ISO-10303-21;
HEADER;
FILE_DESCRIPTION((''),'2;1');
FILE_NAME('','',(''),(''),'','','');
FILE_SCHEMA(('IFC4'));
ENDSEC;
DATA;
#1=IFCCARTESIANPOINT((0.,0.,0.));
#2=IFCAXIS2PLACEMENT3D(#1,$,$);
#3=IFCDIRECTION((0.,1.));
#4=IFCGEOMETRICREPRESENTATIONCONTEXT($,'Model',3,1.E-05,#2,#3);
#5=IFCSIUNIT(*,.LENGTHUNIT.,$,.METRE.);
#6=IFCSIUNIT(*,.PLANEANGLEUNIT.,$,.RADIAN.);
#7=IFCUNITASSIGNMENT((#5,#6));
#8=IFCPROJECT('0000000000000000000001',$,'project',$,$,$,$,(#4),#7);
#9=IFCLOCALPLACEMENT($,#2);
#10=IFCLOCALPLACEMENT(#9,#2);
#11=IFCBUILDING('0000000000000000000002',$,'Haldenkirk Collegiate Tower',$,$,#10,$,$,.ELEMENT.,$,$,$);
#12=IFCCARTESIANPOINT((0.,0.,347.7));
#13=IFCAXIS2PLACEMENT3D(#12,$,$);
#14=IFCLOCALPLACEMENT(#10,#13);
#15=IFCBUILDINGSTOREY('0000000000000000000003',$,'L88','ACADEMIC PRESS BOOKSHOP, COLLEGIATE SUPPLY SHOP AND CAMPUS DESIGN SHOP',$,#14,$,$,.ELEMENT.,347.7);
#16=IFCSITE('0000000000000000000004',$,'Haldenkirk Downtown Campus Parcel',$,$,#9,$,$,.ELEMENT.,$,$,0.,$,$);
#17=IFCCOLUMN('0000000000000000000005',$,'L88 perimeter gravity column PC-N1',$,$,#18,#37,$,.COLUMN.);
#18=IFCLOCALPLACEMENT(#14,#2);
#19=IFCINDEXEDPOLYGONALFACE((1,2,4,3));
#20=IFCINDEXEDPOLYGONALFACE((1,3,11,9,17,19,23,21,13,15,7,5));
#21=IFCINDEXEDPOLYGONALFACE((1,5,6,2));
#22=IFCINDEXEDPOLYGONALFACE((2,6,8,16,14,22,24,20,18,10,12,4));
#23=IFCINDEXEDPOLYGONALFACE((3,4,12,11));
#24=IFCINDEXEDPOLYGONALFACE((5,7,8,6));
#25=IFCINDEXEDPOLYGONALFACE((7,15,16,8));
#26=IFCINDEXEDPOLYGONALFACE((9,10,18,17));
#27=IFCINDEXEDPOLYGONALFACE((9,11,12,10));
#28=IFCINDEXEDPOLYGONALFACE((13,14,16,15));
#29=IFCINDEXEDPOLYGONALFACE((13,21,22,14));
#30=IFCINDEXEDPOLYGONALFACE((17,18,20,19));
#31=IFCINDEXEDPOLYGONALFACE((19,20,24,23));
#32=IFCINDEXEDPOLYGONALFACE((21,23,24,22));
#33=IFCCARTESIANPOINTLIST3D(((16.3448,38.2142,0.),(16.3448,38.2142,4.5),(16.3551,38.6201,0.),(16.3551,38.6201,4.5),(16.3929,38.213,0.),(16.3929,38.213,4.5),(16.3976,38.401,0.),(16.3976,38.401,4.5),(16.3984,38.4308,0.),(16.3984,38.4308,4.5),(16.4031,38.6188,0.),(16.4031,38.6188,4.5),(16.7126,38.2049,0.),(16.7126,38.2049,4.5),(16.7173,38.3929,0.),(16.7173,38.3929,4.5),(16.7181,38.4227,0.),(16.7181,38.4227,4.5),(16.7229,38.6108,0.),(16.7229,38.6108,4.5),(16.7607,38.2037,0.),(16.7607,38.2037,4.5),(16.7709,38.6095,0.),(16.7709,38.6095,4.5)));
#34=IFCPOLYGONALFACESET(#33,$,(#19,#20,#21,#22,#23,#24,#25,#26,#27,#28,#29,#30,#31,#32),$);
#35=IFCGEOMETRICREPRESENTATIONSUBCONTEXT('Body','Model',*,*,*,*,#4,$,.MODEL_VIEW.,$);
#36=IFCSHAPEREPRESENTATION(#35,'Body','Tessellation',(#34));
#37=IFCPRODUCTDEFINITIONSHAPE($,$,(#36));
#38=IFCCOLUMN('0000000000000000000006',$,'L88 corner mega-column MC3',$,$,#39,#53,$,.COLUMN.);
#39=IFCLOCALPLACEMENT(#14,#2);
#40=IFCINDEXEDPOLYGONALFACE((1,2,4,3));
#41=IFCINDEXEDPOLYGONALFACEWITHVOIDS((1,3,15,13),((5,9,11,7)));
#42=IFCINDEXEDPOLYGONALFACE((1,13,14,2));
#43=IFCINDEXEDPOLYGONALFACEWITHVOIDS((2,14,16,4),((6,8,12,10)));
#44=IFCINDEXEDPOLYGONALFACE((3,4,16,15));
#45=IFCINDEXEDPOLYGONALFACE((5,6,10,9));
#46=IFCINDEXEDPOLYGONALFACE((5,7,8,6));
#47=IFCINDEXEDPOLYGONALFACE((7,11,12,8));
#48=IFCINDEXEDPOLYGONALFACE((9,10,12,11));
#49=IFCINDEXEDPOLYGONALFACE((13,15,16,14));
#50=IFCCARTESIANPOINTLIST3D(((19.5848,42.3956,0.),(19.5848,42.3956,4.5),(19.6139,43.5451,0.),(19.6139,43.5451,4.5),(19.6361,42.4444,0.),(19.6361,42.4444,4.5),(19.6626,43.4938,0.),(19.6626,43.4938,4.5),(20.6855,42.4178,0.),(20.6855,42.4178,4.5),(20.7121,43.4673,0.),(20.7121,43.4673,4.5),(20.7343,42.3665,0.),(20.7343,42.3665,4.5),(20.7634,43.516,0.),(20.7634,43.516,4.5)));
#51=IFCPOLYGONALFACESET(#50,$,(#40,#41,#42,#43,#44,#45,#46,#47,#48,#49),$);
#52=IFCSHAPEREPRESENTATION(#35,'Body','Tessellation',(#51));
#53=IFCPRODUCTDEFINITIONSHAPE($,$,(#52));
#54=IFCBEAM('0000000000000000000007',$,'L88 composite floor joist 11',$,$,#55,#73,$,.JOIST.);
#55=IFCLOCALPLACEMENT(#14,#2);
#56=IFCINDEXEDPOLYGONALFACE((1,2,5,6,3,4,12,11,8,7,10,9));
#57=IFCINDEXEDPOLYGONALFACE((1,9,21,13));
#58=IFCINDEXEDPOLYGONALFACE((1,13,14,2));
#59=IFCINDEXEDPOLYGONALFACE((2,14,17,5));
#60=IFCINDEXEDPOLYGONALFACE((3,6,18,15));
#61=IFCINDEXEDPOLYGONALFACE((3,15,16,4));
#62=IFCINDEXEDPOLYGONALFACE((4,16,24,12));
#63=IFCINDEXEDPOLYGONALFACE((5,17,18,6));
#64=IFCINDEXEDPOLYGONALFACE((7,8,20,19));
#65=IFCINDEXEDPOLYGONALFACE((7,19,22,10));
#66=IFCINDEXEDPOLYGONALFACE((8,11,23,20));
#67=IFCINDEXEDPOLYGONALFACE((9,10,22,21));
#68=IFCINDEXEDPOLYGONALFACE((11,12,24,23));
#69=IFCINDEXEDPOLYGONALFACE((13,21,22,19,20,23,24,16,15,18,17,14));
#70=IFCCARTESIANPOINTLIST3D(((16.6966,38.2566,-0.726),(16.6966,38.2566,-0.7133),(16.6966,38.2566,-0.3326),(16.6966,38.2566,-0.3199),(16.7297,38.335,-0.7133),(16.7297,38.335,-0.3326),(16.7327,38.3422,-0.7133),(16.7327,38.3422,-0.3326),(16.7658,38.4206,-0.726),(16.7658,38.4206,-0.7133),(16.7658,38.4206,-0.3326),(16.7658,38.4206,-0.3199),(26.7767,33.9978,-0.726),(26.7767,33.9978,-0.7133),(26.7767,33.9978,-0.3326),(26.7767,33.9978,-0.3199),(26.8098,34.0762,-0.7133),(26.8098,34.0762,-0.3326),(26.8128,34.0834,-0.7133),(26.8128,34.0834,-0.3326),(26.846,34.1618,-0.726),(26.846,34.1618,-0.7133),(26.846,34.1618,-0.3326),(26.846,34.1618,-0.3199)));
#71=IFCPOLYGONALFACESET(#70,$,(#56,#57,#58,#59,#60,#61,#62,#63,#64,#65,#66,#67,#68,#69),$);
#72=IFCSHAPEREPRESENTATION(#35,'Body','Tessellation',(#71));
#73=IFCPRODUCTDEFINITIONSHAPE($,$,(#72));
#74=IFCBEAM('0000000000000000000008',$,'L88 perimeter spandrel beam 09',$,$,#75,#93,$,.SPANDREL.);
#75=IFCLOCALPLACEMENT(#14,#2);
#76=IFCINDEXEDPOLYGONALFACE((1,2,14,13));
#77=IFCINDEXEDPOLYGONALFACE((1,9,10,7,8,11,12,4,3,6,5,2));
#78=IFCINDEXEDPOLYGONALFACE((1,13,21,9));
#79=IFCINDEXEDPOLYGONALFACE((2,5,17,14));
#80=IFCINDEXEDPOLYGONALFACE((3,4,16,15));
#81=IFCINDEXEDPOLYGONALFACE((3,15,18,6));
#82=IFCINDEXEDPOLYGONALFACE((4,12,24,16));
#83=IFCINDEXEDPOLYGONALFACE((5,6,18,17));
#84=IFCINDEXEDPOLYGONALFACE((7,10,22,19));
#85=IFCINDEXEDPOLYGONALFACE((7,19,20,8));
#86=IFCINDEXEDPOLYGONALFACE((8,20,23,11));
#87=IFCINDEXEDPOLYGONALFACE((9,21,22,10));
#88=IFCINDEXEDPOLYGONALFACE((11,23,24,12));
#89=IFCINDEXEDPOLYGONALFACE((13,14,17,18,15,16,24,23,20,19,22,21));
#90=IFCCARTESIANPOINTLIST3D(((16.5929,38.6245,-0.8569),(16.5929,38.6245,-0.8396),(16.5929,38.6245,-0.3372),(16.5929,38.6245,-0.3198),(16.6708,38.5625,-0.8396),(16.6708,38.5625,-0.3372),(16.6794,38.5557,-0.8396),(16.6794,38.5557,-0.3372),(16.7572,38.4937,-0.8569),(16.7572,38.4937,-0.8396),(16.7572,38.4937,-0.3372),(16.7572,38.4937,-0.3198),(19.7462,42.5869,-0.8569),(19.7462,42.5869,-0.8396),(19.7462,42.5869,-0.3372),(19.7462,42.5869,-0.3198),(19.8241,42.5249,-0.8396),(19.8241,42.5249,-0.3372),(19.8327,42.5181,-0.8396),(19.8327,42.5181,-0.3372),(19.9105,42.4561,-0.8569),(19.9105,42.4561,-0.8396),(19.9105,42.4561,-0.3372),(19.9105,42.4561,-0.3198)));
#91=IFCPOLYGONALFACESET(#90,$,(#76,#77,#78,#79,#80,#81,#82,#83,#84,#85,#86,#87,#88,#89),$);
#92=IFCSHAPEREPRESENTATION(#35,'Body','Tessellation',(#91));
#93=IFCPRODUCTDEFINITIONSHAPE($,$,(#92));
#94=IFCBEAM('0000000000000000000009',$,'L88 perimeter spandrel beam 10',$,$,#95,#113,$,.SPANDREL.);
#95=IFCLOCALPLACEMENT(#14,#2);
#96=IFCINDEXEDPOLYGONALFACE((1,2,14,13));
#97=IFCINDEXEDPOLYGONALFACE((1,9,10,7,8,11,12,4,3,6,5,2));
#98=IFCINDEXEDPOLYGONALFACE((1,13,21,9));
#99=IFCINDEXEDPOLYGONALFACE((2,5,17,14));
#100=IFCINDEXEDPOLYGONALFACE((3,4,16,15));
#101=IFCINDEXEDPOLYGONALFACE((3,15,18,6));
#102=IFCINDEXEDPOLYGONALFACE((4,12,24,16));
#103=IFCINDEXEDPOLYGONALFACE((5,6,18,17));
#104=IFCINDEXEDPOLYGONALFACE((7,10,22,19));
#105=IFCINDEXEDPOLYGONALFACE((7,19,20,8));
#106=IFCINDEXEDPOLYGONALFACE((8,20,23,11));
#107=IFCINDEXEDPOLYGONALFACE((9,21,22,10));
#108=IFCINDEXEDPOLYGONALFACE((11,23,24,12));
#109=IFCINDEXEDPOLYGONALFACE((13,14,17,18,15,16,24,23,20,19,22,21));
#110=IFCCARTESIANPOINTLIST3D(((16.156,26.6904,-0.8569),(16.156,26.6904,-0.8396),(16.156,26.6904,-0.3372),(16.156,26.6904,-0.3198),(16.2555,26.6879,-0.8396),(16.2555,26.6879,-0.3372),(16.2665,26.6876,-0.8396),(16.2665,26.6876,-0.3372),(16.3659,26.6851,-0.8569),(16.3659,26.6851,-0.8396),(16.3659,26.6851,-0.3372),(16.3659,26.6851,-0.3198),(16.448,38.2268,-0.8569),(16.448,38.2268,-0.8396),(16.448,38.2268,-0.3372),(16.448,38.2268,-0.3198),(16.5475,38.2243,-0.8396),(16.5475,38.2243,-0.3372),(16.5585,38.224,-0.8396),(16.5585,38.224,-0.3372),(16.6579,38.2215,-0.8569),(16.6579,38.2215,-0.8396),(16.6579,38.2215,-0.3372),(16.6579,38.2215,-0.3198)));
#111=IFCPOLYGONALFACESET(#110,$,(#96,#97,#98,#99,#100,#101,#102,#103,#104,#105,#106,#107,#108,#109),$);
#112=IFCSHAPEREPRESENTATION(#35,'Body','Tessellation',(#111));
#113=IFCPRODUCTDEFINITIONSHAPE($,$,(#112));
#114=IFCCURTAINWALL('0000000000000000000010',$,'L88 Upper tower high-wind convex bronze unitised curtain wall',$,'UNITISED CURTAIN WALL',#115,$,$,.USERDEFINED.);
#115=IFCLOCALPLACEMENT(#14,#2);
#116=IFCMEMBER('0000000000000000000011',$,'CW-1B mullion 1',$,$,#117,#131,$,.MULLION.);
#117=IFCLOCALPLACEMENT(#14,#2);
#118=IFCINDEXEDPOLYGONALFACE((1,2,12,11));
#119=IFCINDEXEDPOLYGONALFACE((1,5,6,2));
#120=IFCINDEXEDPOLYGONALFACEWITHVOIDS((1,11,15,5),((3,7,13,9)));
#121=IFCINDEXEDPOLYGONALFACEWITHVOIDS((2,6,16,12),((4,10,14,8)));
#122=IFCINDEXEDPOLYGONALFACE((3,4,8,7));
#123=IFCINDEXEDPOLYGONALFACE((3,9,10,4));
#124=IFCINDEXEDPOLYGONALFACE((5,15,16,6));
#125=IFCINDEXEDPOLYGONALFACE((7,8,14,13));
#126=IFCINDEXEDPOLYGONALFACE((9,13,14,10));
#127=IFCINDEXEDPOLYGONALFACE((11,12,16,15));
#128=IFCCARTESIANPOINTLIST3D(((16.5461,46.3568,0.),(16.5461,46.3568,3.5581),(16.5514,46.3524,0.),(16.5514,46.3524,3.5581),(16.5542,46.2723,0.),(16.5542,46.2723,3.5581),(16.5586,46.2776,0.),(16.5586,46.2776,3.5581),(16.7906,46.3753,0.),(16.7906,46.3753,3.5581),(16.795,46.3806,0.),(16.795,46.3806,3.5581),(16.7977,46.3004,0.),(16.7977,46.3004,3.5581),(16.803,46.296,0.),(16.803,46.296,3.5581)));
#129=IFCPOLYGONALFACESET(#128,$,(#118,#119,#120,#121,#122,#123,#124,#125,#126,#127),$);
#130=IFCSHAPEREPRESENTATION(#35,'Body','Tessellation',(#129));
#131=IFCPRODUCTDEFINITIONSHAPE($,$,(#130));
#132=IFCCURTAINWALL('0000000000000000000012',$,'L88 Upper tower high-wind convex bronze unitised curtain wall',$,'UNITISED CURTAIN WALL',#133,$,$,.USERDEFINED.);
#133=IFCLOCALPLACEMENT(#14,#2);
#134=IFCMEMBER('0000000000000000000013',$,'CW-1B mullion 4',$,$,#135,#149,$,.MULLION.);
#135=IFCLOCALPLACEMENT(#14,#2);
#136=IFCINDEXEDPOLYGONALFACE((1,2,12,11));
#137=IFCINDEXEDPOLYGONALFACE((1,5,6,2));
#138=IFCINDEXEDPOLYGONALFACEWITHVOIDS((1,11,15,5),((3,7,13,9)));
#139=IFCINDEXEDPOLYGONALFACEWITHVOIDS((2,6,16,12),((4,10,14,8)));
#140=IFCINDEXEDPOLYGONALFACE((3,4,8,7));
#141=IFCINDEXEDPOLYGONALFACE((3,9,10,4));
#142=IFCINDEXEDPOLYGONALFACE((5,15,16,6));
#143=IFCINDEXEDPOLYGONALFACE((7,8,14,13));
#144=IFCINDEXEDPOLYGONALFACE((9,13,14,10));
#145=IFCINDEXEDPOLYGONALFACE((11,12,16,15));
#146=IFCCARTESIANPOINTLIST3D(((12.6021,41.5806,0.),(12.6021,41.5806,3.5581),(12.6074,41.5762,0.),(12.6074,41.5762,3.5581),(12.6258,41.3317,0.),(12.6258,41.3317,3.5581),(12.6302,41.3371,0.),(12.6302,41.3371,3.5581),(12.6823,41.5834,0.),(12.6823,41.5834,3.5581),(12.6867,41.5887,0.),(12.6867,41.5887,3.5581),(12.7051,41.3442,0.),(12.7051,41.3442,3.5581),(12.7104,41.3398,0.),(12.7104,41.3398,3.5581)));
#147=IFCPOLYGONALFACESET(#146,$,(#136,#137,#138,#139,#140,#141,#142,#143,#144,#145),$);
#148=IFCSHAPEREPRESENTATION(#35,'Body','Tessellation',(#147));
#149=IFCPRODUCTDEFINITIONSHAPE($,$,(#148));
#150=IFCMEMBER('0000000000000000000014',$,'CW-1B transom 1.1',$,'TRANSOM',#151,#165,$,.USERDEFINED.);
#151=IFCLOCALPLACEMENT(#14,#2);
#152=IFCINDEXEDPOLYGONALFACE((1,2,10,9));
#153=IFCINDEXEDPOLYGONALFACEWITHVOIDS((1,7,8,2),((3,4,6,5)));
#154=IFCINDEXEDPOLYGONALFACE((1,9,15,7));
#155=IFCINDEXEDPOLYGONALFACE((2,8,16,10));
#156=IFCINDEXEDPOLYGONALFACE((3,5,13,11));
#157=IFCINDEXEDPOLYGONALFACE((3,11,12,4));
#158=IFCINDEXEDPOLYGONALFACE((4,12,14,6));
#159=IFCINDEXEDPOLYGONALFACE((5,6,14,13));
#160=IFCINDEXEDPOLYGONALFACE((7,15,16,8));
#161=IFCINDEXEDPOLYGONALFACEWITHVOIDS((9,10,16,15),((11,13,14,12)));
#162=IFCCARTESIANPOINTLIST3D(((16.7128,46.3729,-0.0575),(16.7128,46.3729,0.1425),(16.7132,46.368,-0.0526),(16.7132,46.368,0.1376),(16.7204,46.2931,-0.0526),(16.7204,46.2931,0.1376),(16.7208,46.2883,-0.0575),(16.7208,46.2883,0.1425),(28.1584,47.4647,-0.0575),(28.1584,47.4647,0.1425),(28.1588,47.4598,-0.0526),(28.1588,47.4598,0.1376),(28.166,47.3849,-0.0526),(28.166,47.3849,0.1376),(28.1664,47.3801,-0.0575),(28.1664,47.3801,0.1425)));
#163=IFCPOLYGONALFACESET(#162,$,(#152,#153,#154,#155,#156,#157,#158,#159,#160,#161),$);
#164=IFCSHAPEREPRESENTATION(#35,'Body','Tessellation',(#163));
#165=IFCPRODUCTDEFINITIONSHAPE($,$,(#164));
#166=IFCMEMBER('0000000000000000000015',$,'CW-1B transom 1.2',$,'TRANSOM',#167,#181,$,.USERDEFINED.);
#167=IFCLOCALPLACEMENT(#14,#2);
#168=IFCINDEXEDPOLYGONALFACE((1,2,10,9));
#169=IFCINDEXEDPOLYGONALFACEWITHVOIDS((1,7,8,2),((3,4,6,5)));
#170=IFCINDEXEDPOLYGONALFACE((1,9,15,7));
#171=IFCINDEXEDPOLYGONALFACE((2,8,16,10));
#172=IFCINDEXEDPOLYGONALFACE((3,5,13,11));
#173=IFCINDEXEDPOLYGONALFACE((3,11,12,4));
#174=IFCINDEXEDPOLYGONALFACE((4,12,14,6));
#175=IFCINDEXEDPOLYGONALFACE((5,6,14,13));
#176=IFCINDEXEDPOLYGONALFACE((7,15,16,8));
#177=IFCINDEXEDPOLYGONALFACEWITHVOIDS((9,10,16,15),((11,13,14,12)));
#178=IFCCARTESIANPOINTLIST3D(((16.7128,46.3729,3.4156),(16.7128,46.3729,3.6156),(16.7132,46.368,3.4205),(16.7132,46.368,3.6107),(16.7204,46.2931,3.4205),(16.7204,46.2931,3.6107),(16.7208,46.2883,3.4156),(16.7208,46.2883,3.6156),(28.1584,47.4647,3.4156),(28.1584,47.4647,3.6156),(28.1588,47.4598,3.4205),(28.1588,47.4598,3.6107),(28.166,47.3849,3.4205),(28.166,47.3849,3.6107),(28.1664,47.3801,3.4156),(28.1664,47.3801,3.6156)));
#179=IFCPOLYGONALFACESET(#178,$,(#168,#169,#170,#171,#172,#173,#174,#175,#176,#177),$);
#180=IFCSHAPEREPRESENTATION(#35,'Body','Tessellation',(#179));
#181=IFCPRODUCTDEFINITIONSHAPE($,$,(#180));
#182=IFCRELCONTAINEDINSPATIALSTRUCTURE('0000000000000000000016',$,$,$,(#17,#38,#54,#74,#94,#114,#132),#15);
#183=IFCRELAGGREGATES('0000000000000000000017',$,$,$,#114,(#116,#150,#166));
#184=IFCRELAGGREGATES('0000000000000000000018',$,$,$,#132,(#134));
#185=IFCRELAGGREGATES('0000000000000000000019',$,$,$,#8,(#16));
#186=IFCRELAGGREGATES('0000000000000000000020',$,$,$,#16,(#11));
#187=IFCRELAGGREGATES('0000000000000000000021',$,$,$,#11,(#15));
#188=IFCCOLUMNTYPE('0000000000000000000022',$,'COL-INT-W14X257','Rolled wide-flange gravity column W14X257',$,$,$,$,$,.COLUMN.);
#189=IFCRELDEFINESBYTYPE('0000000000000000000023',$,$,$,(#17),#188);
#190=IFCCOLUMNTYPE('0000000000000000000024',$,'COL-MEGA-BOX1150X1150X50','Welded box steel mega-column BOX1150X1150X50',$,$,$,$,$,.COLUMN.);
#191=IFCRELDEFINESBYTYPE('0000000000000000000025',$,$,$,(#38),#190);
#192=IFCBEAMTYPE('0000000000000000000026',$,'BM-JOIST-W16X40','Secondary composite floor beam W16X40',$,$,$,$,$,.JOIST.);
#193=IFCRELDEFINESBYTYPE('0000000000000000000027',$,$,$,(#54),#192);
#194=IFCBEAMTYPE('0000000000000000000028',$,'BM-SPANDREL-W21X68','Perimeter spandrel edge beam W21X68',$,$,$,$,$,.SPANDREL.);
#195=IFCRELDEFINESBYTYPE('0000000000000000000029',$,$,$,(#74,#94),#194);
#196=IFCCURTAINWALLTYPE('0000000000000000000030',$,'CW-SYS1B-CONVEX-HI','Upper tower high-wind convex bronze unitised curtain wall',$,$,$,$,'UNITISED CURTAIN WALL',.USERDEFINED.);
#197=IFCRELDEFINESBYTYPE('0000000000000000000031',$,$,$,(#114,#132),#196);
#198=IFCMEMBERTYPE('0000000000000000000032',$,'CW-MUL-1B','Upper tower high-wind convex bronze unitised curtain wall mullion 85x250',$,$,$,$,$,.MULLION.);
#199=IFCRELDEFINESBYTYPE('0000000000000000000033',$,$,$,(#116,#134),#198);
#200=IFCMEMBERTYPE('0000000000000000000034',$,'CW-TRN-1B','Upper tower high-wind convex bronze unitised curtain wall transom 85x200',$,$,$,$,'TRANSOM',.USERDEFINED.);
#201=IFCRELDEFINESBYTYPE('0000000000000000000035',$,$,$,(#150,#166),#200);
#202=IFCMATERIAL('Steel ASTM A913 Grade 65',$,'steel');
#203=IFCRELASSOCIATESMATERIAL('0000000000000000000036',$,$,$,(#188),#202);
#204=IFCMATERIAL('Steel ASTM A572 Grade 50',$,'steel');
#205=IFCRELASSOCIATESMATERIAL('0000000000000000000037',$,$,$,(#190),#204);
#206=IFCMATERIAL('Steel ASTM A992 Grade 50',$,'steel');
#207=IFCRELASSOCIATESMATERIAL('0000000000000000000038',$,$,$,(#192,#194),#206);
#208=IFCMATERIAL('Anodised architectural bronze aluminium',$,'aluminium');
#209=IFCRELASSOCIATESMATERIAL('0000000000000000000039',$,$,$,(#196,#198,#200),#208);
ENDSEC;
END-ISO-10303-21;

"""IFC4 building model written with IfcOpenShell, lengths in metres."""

from ifc_helpers import new_model, si_unit, direction, frame, origin, origin_2d, place, context, subcontext, project, spatial, hollow_rectangle, i_section, extrude, material, material_profile, profile_set, type_object, element, aggregate, save


model = new_model("IFC4")

# Units and contexts
model_context = context("Model", 3, precision=1e-05, world=origin(), true_north=direction((0.0, 1.0)))
body_context = subcontext(model_context, "Body", "Model", "MODEL_VIEW")
ifc_project = project(units=[si_unit("LENGTHUNIT", "METRE"), si_unit("PLANEANGLEUNIT", "RADIAN")], contexts=[model_context])

# Site, building, storey
site_placement = place(None, origin())
site = spatial("IfcSite", under=ifc_project, at=site_placement, Name="Haldenkirk Downtown Campus Parcel", CompositionType="ELEMENT", RefElevation=0.0)
building_placement = place(site_placement, origin())
building = spatial("IfcBuilding", under=site, at=building_placement, Name="Haldenkirk Collegiate Tower", CompositionType="ELEMENT")
storey_placement = place(building_placement, frame((0.0, 0.0, 347.7)))
storey = spatial("IfcBuildingStorey", under=building, at=storey_placement, Name="L88", Description="ACADEMIC PRESS BOOKSHOP, COLLEGIATE SUPPLY SHOP AND CAMPUS DESIGN SHOP", CompositionType="ELEMENT", Elevation=347.7)

# Columns
ifc_material_1 = material(Name="Steel ASTM A913 Grade 65", Category="steel")
ifc_material_profile_1 = material_profile(ifc_material_1, i_section(OverallWidth=0.406, OverallDepth=0.416, WebThickness=0.0298, FlangeThickness=0.0481, at=origin_2d()), Name="W14X257")
ifc_profile_set_1 = profile_set([ifc_material_profile_1], Name="Steel ASTM A913 Grade 65")
column_type_1 = type_object("IfcColumnType", Name="COL-INT-W14X257", Description="Rolled wide-flange gravity column W14X257", PredefinedType="COLUMN", material=ifc_profile_set_1)
column_1_placement = place(storey_placement, frame((16.5579, 38.4119, 0.0), z_axis=(0.0, 0.0, 1.0), x_axis=(0.025305, 0.99968, 0.0)))
element("IfcColumn", 1, at=column_1_placement, inside=storey, type_object=column_type_1, Name="L88 perimeter gravity column PC-N1", PredefinedType="COLUMN", context=body_context, shape_type="SweptSolid", body=[
    extrude(i_section(OverallWidth=0.406, OverallDepth=0.416, WebThickness=0.0298, FlangeThickness=0.0481, at=origin_2d()), origin(), (0.0, 0.0, 1.0), 4.5),
])
ifc_material_2 = material(Name="Steel ASTM A572 Grade 50", Category="steel")
ifc_material_profile_2 = material_profile(ifc_material_2, hollow_rectangle(XDim=1.1499, YDim=1.1499, WallThickness=0.05, at=origin_2d()), Name="BOX1150X1150X50")
ifc_profile_set_2 = profile_set([ifc_material_profile_2], Name="Steel ASTM A572 Grade 50")
column_type_2 = type_object("IfcColumnType", Name="COL-MEGA-BOX1150X1150X50", Description="Welded box steel mega-column BOX1150X1150X50", PredefinedType="COLUMN", material=ifc_profile_set_2)
column_2_placement = place(storey_placement, frame((20.1741, 42.9558, 0.0), z_axis=(0.0, 0.0, 1.0), x_axis=(0.025305, 0.99968, 0.0)))
element("IfcColumn", 2, at=column_2_placement, inside=storey, type_object=column_type_2, Name="L88 corner mega-column MC3", PredefinedType="COLUMN", context=body_context, shape_type="SweptSolid", body=[
    extrude(hollow_rectangle(XDim=1.1499, YDim=1.1499, WallThickness=0.05, at=origin_2d()), origin(), (0.0, 0.0, 1.0), 4.5),
])

# Beams
ifc_material_3 = material(Name="Steel ASTM A992 Grade 50", Category="steel")
ifc_material_profile_3 = material_profile(ifc_material_3, i_section(OverallWidth=0.178, OverallDepth=0.406, WebThickness=0.0078, FlangeThickness=0.0127, at=origin_2d()), Name="W16X40")
ifc_profile_set_3 = profile_set([ifc_material_profile_3], Name="Steel ASTM A992 Grade 50")
beam_type_1 = type_object("IfcBeamType", Name="BM-JOIST-W16X40", Description="Secondary composite floor beam W16X40", PredefinedType="JOIST", material=ifc_profile_set_3)
beam_1_placement = place(storey_placement, frame((16.7312, 38.3386, -0.5229), z_axis=(0.921159, -0.389186, 0.0), x_axis=(0.389186, 0.921159, 0.0)))
element("IfcBeam", 3, at=beam_1_placement, inside=storey, type_object=beam_type_1, Name="L88 composite floor joist 11", PredefinedType="JOIST", context=body_context, shape_type="SweptSolid", body=[
    extrude(i_section(OverallWidth=0.178, OverallDepth=0.406, WebThickness=0.0078, FlangeThickness=0.0127, at=origin_2d()), origin(), (0.0, 0.0, 1.0), 10.9429),
])
ifc_material_profile_4 = material_profile(ifc_material_3, i_section(OverallWidth=0.21, OverallDepth=0.5371, WebThickness=0.011, FlangeThickness=0.0173, at=origin_2d()), Name="W21X68")
ifc_profile_set_4 = profile_set([ifc_material_profile_4], Name="Steel ASTM A992 Grade 50")
beam_type_2 = type_object("IfcBeamType", Name="BM-SPANDREL-W21X68", Description="Perimeter spandrel edge beam W21X68", PredefinedType="SPANDREL", material=ifc_profile_set_4)
beam_2_placement = place(storey_placement, frame((19.8284, 42.5215, -0.5884), z_axis=(-0.622694, -0.782465, 0.0), x_axis=(0.782465, -0.622694, 0.0)))
element("IfcBeam", 4, at=beam_2_placement, inside=storey, type_object=beam_type_2, Name="L88 perimeter spandrel beam 09", PredefinedType="SPANDREL", context=body_context, shape_type="SweptSolid", body=[
    extrude(i_section(OverallWidth=0.21, OverallDepth=0.5371, WebThickness=0.011, FlangeThickness=0.0173, at=origin_2d()), origin(), (0.0, 0.0, 1.0), 5.064),
])
beam_3_placement = place(storey_placement, frame((16.553, 38.2241, -0.5884), z_axis=(-0.025302, -0.99968, 0.0), x_axis=(0.99968, -0.025302, 0.0)))
element("IfcBeam", 5, at=beam_3_placement, inside=storey, type_object=beam_type_2, Name="L88 perimeter spandrel beam 10", PredefinedType="SPANDREL", context=body_context, shape_type="SweptSolid", body=[
    extrude(i_section(OverallWidth=0.21, OverallDepth=0.5371, WebThickness=0.011, FlangeThickness=0.0173, at=origin_2d()), origin(), (0.0, 0.0, 1.0), 11.54),
])

# Curtain walls, members
ifc_material_4 = material(Name="Anodised architectural bronze aluminium", Category="aluminium")
curtain_wall_type = type_object("IfcCurtainWallType", Name="CW-SYS1B-CONVEX-HI", Description="Upper tower high-wind convex bronze unitised curtain wall", ElementType="UNITISED CURTAIN WALL", PredefinedType="USERDEFINED", material=ifc_material_4)
curtain_wall_1_placement = place(storey_placement, origin())
curtain_wall_1 = element("IfcCurtainWall", 6, at=curtain_wall_1_placement, inside=storey, type_object=curtain_wall_type, Name="L88 Upper tower high-wind convex bronze unitised curtain wall", ObjectType="UNITISED CURTAIN WALL", PredefinedType="USERDEFINED")
ifc_material_profile_5 = material_profile(ifc_material_4, hollow_rectangle(XDim=0.085, YDim=0.25, WallThickness=0.0049, at=origin_2d()), Name="CW-MUL-1B")
ifc_profile_set_5 = profile_set([ifc_material_profile_5], Name="Anodised architectural bronze aluminium")
member_type_1 = type_object("IfcMemberType", Name="CW-MUL-1B", Description="Upper tower high-wind convex bronze unitised curtain wall mullion 85x250", PredefinedType="MULLION", material=ifc_profile_set_5)
member_1_placement = place(storey_placement, frame((16.6746, 46.3264, 0.0), z_axis=(0.0, 0.0, 1.0), x_axis=(-0.094976, 0.99548, 0.0)))
member_1 = element("IfcMember", 7, at=member_1_placement, type_object=member_type_1, Name="CW-1B mullion 1", PredefinedType="MULLION", context=body_context, shape_type="SweptSolid", body=[
    extrude(hollow_rectangle(XDim=0.085, YDim=0.25, WallThickness=0.0049, at=origin_2d()), origin(), (0.0, 0.0, 1.0), 3.5581),
])
curtain_wall_2_placement = place(storey_placement, origin())
curtain_wall_2 = element("IfcCurtainWall", 8, at=curtain_wall_2_placement, inside=storey, type_object=curtain_wall_type, Name="L88 Upper tower high-wind convex bronze unitised curtain wall", ObjectType="UNITISED CURTAIN WALL", PredefinedType="USERDEFINED")
member_2_placement = place(storey_placement, frame((12.6562, 41.4602, 0.0), z_axis=(0.0, 0.0, 1.0), x_axis=(-0.995479, -0.094977, 0.0)))
member_2 = element("IfcMember", 9, at=member_2_placement, type_object=member_type_1, Name="CW-1B mullion 4", PredefinedType="MULLION", context=body_context, shape_type="SweptSolid", body=[
    extrude(hollow_rectangle(XDim=0.085, YDim=0.25, WallThickness=0.0049, at=origin_2d()), origin(), (0.0, 0.0, 1.0), 3.5581),
])

# Members
ifc_material_profile_6 = material_profile(ifc_material_4, hollow_rectangle(XDim=0.085, YDim=0.2, WallThickness=0.0049, at=origin_2d()), Name="CW-TRN-1B")
ifc_profile_set_6 = profile_set([ifc_material_profile_6], Name="Anodised architectural bronze aluminium")
member_type_2 = type_object("IfcMemberType", Name="CW-TRN-1B", Description="Upper tower high-wind convex bronze unitised curtain wall transom 85x200", ElementType="TRANSOM", PredefinedType="USERDEFINED", material=ifc_profile_set_6)
member_3_placement = place(storey_placement, frame((16.7168, 46.3306, 0.0425), z_axis=(0.995481, 0.094959, 0.0), x_axis=(-0.094959, 0.995481, 0.0)))
member_3 = element("IfcMember", 10, at=member_3_placement, type_object=member_type_2, Name="CW-1B transom 1.1", ObjectType="TRANSOM", PredefinedType="USERDEFINED", context=body_context, shape_type="SweptSolid", body=[
    extrude(hollow_rectangle(XDim=0.085, YDim=0.2, WallThickness=0.0049, at=origin_2d()), origin(), (0.0, 0.0, 1.0), 11.4976),
])
member_4_placement = place(storey_placement, frame((16.7168, 46.3306, 3.5156), z_axis=(0.995481, 0.094959, 0.0), x_axis=(-0.094959, 0.995481, 0.0)))
member_4 = element("IfcMember", 11, at=member_4_placement, type_object=member_type_2, Name="CW-1B transom 1.2", ObjectType="TRANSOM", PredefinedType="USERDEFINED", context=body_context, shape_type="SweptSolid", body=[
    extrude(hollow_rectangle(XDim=0.085, YDim=0.2, WallThickness=0.0049, at=origin_2d()), origin(), (0.0, 0.0, 1.0), 11.4976),
])

aggregate(curtain_wall_1, [member_1, member_3, member_4])
aggregate(curtain_wall_2, [member_2])

save(model, "model.ifc")
